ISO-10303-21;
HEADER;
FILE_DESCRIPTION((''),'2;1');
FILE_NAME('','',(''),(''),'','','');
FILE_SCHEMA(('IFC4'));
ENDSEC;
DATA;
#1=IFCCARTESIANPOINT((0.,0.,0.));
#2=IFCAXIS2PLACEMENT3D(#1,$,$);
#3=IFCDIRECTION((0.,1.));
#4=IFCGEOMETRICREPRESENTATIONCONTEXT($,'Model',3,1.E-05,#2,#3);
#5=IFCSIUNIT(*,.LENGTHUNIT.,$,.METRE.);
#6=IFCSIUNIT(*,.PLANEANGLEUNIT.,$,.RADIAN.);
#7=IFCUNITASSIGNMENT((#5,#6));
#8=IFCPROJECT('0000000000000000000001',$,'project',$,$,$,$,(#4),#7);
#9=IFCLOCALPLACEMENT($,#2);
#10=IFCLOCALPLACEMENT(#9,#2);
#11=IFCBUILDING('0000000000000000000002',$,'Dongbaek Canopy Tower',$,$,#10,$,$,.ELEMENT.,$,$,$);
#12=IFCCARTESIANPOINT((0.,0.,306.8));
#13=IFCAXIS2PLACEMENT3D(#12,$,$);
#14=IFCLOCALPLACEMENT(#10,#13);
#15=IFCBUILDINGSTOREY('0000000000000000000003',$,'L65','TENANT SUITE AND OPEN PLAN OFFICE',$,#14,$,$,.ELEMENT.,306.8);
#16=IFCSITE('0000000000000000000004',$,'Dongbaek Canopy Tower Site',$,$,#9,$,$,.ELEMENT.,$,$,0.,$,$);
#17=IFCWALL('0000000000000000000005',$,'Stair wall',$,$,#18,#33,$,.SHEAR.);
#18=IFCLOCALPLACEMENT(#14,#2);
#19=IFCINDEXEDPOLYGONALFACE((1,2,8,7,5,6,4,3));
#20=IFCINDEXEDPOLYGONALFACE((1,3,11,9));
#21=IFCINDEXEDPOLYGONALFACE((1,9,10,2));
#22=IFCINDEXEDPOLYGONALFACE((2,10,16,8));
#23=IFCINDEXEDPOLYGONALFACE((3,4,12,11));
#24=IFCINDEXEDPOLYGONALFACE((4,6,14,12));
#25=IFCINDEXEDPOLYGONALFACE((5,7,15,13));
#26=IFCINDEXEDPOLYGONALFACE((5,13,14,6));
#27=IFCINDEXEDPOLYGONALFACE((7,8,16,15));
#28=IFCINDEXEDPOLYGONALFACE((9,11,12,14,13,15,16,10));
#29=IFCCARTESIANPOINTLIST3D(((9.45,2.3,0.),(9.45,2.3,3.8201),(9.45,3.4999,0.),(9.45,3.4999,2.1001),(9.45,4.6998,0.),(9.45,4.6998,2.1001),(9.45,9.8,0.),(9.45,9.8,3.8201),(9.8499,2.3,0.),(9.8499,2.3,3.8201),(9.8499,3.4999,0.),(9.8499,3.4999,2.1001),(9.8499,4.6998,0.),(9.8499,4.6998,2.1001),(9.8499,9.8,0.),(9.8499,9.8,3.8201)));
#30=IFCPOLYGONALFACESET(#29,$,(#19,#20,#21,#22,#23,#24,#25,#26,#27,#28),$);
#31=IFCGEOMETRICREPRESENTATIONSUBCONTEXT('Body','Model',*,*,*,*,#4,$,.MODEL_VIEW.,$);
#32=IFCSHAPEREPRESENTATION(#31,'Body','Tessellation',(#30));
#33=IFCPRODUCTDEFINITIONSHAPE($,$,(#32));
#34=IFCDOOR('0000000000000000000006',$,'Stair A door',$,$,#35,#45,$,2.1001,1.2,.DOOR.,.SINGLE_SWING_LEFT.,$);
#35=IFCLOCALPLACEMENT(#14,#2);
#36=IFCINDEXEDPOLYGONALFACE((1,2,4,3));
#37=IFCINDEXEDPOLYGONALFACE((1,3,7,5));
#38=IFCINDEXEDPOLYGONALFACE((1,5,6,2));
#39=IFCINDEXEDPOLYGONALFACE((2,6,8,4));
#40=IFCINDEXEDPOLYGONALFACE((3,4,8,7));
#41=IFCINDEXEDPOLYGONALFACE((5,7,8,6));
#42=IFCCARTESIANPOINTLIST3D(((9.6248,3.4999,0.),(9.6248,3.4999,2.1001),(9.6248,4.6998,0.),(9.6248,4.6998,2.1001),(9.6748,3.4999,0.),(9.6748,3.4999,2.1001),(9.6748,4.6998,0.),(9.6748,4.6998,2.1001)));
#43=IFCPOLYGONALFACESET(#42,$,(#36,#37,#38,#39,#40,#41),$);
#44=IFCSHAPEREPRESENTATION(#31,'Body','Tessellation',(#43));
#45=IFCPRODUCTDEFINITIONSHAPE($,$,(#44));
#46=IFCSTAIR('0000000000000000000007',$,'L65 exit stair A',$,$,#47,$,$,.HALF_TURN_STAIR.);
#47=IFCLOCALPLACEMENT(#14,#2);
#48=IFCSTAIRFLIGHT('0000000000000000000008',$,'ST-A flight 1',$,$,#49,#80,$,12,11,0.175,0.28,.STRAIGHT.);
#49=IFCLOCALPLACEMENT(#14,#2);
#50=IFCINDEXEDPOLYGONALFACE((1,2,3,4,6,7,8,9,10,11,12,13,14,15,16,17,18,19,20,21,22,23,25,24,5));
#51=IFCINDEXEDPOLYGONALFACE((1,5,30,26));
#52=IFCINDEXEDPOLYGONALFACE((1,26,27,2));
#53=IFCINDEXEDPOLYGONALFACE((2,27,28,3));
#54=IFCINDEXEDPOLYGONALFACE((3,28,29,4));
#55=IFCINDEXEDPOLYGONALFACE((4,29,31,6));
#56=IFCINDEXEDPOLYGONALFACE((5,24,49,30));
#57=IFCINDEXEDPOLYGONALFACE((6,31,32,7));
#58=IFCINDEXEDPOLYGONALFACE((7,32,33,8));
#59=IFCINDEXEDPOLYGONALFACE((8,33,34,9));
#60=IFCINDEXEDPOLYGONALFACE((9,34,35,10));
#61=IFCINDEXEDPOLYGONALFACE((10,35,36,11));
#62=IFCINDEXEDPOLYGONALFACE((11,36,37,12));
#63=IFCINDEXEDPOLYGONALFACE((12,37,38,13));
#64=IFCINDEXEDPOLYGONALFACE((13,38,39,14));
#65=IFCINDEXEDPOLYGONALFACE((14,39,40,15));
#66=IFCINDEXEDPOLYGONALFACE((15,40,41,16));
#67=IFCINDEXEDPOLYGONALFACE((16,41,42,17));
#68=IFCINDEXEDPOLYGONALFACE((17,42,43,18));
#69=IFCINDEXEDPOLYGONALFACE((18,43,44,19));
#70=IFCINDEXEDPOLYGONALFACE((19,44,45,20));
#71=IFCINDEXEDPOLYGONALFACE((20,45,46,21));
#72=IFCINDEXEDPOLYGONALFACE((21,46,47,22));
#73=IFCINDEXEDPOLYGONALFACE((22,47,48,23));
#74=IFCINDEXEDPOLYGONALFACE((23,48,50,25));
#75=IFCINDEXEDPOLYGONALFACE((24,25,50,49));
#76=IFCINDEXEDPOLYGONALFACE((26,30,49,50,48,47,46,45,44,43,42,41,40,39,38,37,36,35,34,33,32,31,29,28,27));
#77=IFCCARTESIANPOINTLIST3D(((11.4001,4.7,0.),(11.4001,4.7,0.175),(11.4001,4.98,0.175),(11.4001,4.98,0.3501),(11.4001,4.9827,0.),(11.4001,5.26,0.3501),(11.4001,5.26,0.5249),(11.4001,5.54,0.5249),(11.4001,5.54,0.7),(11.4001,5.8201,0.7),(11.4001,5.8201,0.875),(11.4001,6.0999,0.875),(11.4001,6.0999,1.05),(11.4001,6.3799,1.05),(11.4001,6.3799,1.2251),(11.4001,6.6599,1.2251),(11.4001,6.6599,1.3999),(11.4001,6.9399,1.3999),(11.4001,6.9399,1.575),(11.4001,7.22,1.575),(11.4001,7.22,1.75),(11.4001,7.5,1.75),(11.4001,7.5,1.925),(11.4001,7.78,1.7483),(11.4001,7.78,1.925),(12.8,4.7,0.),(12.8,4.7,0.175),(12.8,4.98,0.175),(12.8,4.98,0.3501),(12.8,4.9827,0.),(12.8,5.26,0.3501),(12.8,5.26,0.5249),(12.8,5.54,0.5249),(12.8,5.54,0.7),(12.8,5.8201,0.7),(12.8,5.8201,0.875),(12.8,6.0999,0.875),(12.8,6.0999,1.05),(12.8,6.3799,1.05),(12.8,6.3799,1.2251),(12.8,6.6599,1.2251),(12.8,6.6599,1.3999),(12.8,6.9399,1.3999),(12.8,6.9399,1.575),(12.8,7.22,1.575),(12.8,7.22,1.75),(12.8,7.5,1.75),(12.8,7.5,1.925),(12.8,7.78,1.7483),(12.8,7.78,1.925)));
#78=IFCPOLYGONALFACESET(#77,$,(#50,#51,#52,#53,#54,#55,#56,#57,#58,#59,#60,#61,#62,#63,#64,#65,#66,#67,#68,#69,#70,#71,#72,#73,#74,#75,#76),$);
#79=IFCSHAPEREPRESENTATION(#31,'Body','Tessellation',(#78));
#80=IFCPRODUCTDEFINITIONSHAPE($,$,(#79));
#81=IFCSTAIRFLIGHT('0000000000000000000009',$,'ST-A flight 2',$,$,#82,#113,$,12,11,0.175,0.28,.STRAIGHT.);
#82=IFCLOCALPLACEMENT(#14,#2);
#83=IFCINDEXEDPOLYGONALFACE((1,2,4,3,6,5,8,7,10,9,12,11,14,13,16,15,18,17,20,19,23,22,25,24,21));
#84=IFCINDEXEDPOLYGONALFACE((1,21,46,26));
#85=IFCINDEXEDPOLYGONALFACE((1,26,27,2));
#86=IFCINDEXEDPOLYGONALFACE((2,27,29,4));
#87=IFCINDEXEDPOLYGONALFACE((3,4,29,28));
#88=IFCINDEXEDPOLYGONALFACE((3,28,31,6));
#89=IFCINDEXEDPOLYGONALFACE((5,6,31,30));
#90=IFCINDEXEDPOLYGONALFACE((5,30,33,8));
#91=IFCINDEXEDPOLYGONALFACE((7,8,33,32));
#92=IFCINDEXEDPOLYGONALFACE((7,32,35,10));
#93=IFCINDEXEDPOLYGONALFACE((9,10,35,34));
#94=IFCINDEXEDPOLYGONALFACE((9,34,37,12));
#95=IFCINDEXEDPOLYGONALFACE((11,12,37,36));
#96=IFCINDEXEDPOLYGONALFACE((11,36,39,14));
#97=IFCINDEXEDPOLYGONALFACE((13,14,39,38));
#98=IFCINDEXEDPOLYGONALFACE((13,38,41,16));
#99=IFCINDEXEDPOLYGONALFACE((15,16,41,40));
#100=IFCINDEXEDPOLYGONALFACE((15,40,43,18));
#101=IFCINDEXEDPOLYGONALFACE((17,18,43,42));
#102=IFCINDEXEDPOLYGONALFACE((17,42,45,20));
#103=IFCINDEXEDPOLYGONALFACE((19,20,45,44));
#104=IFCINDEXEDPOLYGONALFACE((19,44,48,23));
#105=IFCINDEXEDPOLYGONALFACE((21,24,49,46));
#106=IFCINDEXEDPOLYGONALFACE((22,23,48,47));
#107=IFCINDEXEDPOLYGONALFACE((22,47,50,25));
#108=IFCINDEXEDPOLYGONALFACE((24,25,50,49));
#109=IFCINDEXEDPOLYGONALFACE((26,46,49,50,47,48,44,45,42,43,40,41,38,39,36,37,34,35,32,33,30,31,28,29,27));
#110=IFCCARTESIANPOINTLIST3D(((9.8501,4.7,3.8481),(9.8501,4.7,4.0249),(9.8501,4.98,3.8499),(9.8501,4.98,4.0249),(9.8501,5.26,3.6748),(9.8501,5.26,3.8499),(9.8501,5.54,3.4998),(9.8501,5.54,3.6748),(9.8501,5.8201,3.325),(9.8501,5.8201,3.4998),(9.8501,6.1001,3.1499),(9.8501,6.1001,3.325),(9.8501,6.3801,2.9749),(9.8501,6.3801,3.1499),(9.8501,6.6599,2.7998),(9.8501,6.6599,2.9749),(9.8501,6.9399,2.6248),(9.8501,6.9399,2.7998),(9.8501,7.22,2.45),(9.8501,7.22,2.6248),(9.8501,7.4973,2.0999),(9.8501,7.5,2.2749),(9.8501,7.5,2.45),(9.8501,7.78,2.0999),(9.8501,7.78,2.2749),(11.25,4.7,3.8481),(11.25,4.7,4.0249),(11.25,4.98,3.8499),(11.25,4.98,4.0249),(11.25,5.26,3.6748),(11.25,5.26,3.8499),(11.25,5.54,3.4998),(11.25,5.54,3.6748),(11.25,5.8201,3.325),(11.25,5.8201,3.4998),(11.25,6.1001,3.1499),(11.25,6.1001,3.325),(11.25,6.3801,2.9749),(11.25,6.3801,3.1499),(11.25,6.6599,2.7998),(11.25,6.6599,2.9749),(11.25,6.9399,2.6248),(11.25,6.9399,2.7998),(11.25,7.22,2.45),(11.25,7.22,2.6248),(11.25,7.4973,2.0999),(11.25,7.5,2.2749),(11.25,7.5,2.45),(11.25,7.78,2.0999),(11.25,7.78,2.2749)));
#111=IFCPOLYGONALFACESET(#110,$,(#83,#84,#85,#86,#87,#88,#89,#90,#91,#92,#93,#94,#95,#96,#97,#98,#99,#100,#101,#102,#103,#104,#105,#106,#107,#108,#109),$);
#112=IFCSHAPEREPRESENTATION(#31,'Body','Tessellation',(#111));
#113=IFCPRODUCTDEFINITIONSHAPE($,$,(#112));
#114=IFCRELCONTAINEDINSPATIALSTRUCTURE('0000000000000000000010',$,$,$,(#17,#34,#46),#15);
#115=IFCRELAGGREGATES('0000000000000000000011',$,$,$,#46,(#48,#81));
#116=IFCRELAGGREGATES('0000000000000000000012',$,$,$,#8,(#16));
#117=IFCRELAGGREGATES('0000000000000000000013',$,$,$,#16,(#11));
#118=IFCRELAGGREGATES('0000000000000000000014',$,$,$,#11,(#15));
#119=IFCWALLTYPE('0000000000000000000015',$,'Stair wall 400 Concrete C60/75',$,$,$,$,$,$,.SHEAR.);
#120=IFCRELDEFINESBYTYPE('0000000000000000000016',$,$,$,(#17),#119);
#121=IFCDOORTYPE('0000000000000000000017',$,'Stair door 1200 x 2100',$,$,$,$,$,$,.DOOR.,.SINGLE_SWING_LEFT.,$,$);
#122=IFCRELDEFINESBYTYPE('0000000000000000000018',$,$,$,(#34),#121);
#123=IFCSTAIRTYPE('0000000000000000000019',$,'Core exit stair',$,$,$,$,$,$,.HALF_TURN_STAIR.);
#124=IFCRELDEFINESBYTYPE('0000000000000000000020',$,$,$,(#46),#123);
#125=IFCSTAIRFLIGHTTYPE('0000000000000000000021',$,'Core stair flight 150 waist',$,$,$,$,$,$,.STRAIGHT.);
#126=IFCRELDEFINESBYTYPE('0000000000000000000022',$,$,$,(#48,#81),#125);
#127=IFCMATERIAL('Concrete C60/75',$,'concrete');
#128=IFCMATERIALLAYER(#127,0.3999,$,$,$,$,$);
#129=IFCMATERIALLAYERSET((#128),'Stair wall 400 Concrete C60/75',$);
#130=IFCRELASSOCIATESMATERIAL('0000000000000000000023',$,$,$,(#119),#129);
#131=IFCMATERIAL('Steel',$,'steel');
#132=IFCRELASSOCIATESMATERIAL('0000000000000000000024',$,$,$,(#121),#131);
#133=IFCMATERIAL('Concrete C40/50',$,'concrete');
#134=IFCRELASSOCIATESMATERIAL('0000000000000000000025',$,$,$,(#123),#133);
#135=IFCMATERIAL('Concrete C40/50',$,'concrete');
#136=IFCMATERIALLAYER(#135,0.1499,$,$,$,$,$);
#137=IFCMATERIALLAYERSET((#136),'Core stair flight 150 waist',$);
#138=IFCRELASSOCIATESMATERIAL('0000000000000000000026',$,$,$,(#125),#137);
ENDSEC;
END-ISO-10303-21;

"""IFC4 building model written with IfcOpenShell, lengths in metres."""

from ifc_helpers import new_model, si_unit, direction, frame, frame_2d, origin, place, context, subcontext, project, spatial, polyline, rectangle, outline, extrude, material, layer, layer_set, type_object, element, fill, aggregate, save


model = new_model("IFC4")

# Units and contexts
model_context = context("Model", 3, precision=1e-05, world=origin(), true_north=direction((0.0, 1.0)))
body_context = subcontext(model_context, "Body", "Model", "MODEL_VIEW")
ifc_project = project(units=[si_unit("LENGTHUNIT", "METRE"), si_unit("PLANEANGLEUNIT", "RADIAN")], contexts=[model_context])

# Site, building, storey
site_placement = place(None, origin())
site = spatial("IfcSite", under=ifc_project, at=site_placement, Name="Dongbaek Canopy Tower Site", CompositionType="ELEMENT", RefElevation=0.0)
building_placement = place(site_placement, origin())
building = spatial("IfcBuilding", under=site, at=building_placement, Name="Dongbaek Canopy Tower", CompositionType="ELEMENT")
storey_placement = place(building_placement, frame((0.0, 0.0, 306.8)))
storey = spatial("IfcBuildingStorey", under=building, at=storey_placement, Name="L65", Description="TENANT SUITE AND OPEN PLAN OFFICE", CompositionType="ELEMENT", Elevation=306.8)

# Wall, opening, door
ifc_material_1 = material(Name="Concrete C60/75", Category="concrete")
ifc_layer_1 = layer(ifc_material_1, 0.3999)
ifc_layer_set_1 = layer_set([ifc_layer_1], Name="Stair wall 400 Concrete C60/75")
wall_type_1 = type_object("IfcWallType", Name="Stair wall 400 Concrete C60/75", PredefinedType="SHEAR", material=ifc_layer_set_1)
wall_1_placement = place(storey_placement, frame((9.6499, 9.8, 0.0), z_axis=(0.0, 0.0, 1.0), x_axis=(0.0, -1.0, 0.0)))
wall_1 = element("IfcWall", 1, at=wall_1_placement, inside=storey, type_object=wall_type_1, Name="Stair wall", PredefinedType="SHEAR", context=body_context, shape_type="SweptSolid", body=[
    extrude(rectangle(XDim=7.5, YDim=0.3999, at=frame_2d((3.75, 0.0))), origin(), (0.0, 0.0, 1.0), 3.8201),
])
opening_1_placement = place(wall_1_placement, frame((5.1001, 0.0, 0.0)))
opening_1 = element("IfcOpeningElement", 2, at=opening_1_placement, cuts=wall_1, PredefinedType="OPENING", context=body_context, shape_type="SweptSolid", body=[
    extrude(rectangle(XDim=1.2, YDim=2.1001, at=frame_2d((0.6001, 1.05))), frame((0.0, 0.21, 0.0), z_axis=(0.0, -1.0, 0.0), x_axis=(1.0, 0.0, 0.0)), (0.0, 0.0, 1.0), 0.4199),
])
ifc_material_2 = material(Name="Steel", Category="steel")
door_type_1 = type_object("IfcDoorType", Name="Stair door 1200 x 2100", OperationType="SINGLE_SWING_LEFT", PredefinedType="DOOR", material=ifc_material_2)
door_1_placement = place(opening_1_placement, origin())
door_1 = element("IfcDoor", 3, at=door_1_placement, inside=storey, type_object=door_type_1, Name="Stair A door", OperationType="SINGLE_SWING_LEFT", OverallHeight=2.1001, OverallWidth=1.2, PredefinedType="DOOR", context=body_context, shape_type="SweptSolid", body=[
    extrude(rectangle(XDim=1.2, YDim=2.1001, at=frame_2d((0.6001, 1.05))), frame((0.0, 0.0249, 0.0), z_axis=(0.0, -1.0, 0.0), x_axis=(1.0, 0.0, 0.0)), (0.0, 0.0, 1.0), 0.05),
])
fill(opening_1, door_1)

# Stair, stair flights
ifc_material_3 = material(Name="Concrete C40/50", Category="concrete")
stair_type = type_object("IfcStairType", Name="Core exit stair", PredefinedType="HALF_TURN_STAIR", material=ifc_material_3)
stair_placement = place(storey_placement, origin())
stair = element("IfcStair", 4, at=stair_placement, inside=storey, type_object=stair_type, Name="L65 exit stair A", PredefinedType="HALF_TURN_STAIR")
ifc_material_4 = material(Name="Concrete C40/50", Category="concrete")
ifc_layer_2 = layer(ifc_material_4, 0.1499)
ifc_layer_set_2 = layer_set([ifc_layer_2], Name="Core stair flight 150 waist")
stair_flight_type = type_object("IfcStairFlightType", Name="Core stair flight 150 waist", PredefinedType="STRAIGHT", material=ifc_layer_set_2)
stair_flight_1_placement = place(storey_placement, frame((12.1001, 4.7, 0.0), z_axis=(0.0, 0.0, 1.0), x_axis=(0.0, 1.0, 0.0)))
stair_flight_1 = element("IfcStairFlight", 5, at=stair_flight_1_placement, type_object=stair_flight_type, Name="ST-A flight 1", NumberOfRisers=12, NumberOfTreads=11, PredefinedType="STRAIGHT", RiserHeight=0.175, TreadLength=0.28, context=body_context, shape_type="SweptSolid", body=[
    extrude(outline(polyline([(0.0, 0.0), (0.0, 0.175), (0.28, 0.175), (0.28, 0.3501), (0.5601, 0.3501), (0.5601, 0.5249), (0.8401, 0.5249), (0.8401, 0.7), (1.1201, 0.7), (1.1201, 0.875), (1.3999, 0.875), (1.3999, 1.05), (1.6799, 1.05), (1.6799, 1.2251), (1.96, 1.2251), (1.96, 1.3999), (2.24, 1.3999), (2.24, 1.575), (2.52, 1.575), (2.52, 1.75), (2.8, 1.75), (2.8, 1.925), (3.0801, 1.925), (3.0801, 2.1001), (3.0801, 1.7483), (0.2827, 0.0), (0.0, 0.0)])), frame((0.0, 0.7, 0.0), z_axis=(0.0, -1.0, 0.0), x_axis=(1.0, 0.0, 0.0)), (0.0, 0.0, 1.0), 1.3999),
])
stair_flight_2_placement = place(storey_placement, frame((10.55, 7.78, 2.0999), z_axis=(0.0, 0.0, 1.0), x_axis=(0.0, -1.0, 0.0)))
stair_flight_2 = element("IfcStairFlight", 6, at=stair_flight_2_placement, type_object=stair_flight_type, Name="ST-A flight 2", NumberOfRisers=12, NumberOfTreads=11, PredefinedType="STRAIGHT", RiserHeight=0.175, TreadLength=0.28, context=body_context, shape_type="SweptSolid", body=[
    extrude(outline(polyline([(0.0, 0.0), (0.0, 0.175), (0.28, 0.175), (0.28, 0.3501), (0.5601, 0.3501), (0.5601, 0.5249), (0.8401, 0.5249), (0.8401, 0.7), (1.1201, 0.7), (1.1201, 0.875), (1.3999, 0.875), (1.3999, 1.05), (1.6799, 1.05), (1.6799, 1.2251), (1.96, 1.2251), (1.96, 1.3999), (2.24, 1.3999), (2.24, 1.575), (2.52, 1.575), (2.52, 1.75), (2.8, 1.75), (2.8, 1.925), (3.0801, 1.925), (3.0801, 2.1001), (3.0801, 1.7483), (0.2827, 0.0), (0.0, 0.0)])), frame((0.0, 0.7, 0.0), z_axis=(0.0, -1.0, 0.0), x_axis=(1.0, 0.0, 0.0)), (0.0, 0.0, 1.0), 1.3999),
])
aggregate(stair, [stair_flight_1, stair_flight_2])

save(model, "model.ifc")
